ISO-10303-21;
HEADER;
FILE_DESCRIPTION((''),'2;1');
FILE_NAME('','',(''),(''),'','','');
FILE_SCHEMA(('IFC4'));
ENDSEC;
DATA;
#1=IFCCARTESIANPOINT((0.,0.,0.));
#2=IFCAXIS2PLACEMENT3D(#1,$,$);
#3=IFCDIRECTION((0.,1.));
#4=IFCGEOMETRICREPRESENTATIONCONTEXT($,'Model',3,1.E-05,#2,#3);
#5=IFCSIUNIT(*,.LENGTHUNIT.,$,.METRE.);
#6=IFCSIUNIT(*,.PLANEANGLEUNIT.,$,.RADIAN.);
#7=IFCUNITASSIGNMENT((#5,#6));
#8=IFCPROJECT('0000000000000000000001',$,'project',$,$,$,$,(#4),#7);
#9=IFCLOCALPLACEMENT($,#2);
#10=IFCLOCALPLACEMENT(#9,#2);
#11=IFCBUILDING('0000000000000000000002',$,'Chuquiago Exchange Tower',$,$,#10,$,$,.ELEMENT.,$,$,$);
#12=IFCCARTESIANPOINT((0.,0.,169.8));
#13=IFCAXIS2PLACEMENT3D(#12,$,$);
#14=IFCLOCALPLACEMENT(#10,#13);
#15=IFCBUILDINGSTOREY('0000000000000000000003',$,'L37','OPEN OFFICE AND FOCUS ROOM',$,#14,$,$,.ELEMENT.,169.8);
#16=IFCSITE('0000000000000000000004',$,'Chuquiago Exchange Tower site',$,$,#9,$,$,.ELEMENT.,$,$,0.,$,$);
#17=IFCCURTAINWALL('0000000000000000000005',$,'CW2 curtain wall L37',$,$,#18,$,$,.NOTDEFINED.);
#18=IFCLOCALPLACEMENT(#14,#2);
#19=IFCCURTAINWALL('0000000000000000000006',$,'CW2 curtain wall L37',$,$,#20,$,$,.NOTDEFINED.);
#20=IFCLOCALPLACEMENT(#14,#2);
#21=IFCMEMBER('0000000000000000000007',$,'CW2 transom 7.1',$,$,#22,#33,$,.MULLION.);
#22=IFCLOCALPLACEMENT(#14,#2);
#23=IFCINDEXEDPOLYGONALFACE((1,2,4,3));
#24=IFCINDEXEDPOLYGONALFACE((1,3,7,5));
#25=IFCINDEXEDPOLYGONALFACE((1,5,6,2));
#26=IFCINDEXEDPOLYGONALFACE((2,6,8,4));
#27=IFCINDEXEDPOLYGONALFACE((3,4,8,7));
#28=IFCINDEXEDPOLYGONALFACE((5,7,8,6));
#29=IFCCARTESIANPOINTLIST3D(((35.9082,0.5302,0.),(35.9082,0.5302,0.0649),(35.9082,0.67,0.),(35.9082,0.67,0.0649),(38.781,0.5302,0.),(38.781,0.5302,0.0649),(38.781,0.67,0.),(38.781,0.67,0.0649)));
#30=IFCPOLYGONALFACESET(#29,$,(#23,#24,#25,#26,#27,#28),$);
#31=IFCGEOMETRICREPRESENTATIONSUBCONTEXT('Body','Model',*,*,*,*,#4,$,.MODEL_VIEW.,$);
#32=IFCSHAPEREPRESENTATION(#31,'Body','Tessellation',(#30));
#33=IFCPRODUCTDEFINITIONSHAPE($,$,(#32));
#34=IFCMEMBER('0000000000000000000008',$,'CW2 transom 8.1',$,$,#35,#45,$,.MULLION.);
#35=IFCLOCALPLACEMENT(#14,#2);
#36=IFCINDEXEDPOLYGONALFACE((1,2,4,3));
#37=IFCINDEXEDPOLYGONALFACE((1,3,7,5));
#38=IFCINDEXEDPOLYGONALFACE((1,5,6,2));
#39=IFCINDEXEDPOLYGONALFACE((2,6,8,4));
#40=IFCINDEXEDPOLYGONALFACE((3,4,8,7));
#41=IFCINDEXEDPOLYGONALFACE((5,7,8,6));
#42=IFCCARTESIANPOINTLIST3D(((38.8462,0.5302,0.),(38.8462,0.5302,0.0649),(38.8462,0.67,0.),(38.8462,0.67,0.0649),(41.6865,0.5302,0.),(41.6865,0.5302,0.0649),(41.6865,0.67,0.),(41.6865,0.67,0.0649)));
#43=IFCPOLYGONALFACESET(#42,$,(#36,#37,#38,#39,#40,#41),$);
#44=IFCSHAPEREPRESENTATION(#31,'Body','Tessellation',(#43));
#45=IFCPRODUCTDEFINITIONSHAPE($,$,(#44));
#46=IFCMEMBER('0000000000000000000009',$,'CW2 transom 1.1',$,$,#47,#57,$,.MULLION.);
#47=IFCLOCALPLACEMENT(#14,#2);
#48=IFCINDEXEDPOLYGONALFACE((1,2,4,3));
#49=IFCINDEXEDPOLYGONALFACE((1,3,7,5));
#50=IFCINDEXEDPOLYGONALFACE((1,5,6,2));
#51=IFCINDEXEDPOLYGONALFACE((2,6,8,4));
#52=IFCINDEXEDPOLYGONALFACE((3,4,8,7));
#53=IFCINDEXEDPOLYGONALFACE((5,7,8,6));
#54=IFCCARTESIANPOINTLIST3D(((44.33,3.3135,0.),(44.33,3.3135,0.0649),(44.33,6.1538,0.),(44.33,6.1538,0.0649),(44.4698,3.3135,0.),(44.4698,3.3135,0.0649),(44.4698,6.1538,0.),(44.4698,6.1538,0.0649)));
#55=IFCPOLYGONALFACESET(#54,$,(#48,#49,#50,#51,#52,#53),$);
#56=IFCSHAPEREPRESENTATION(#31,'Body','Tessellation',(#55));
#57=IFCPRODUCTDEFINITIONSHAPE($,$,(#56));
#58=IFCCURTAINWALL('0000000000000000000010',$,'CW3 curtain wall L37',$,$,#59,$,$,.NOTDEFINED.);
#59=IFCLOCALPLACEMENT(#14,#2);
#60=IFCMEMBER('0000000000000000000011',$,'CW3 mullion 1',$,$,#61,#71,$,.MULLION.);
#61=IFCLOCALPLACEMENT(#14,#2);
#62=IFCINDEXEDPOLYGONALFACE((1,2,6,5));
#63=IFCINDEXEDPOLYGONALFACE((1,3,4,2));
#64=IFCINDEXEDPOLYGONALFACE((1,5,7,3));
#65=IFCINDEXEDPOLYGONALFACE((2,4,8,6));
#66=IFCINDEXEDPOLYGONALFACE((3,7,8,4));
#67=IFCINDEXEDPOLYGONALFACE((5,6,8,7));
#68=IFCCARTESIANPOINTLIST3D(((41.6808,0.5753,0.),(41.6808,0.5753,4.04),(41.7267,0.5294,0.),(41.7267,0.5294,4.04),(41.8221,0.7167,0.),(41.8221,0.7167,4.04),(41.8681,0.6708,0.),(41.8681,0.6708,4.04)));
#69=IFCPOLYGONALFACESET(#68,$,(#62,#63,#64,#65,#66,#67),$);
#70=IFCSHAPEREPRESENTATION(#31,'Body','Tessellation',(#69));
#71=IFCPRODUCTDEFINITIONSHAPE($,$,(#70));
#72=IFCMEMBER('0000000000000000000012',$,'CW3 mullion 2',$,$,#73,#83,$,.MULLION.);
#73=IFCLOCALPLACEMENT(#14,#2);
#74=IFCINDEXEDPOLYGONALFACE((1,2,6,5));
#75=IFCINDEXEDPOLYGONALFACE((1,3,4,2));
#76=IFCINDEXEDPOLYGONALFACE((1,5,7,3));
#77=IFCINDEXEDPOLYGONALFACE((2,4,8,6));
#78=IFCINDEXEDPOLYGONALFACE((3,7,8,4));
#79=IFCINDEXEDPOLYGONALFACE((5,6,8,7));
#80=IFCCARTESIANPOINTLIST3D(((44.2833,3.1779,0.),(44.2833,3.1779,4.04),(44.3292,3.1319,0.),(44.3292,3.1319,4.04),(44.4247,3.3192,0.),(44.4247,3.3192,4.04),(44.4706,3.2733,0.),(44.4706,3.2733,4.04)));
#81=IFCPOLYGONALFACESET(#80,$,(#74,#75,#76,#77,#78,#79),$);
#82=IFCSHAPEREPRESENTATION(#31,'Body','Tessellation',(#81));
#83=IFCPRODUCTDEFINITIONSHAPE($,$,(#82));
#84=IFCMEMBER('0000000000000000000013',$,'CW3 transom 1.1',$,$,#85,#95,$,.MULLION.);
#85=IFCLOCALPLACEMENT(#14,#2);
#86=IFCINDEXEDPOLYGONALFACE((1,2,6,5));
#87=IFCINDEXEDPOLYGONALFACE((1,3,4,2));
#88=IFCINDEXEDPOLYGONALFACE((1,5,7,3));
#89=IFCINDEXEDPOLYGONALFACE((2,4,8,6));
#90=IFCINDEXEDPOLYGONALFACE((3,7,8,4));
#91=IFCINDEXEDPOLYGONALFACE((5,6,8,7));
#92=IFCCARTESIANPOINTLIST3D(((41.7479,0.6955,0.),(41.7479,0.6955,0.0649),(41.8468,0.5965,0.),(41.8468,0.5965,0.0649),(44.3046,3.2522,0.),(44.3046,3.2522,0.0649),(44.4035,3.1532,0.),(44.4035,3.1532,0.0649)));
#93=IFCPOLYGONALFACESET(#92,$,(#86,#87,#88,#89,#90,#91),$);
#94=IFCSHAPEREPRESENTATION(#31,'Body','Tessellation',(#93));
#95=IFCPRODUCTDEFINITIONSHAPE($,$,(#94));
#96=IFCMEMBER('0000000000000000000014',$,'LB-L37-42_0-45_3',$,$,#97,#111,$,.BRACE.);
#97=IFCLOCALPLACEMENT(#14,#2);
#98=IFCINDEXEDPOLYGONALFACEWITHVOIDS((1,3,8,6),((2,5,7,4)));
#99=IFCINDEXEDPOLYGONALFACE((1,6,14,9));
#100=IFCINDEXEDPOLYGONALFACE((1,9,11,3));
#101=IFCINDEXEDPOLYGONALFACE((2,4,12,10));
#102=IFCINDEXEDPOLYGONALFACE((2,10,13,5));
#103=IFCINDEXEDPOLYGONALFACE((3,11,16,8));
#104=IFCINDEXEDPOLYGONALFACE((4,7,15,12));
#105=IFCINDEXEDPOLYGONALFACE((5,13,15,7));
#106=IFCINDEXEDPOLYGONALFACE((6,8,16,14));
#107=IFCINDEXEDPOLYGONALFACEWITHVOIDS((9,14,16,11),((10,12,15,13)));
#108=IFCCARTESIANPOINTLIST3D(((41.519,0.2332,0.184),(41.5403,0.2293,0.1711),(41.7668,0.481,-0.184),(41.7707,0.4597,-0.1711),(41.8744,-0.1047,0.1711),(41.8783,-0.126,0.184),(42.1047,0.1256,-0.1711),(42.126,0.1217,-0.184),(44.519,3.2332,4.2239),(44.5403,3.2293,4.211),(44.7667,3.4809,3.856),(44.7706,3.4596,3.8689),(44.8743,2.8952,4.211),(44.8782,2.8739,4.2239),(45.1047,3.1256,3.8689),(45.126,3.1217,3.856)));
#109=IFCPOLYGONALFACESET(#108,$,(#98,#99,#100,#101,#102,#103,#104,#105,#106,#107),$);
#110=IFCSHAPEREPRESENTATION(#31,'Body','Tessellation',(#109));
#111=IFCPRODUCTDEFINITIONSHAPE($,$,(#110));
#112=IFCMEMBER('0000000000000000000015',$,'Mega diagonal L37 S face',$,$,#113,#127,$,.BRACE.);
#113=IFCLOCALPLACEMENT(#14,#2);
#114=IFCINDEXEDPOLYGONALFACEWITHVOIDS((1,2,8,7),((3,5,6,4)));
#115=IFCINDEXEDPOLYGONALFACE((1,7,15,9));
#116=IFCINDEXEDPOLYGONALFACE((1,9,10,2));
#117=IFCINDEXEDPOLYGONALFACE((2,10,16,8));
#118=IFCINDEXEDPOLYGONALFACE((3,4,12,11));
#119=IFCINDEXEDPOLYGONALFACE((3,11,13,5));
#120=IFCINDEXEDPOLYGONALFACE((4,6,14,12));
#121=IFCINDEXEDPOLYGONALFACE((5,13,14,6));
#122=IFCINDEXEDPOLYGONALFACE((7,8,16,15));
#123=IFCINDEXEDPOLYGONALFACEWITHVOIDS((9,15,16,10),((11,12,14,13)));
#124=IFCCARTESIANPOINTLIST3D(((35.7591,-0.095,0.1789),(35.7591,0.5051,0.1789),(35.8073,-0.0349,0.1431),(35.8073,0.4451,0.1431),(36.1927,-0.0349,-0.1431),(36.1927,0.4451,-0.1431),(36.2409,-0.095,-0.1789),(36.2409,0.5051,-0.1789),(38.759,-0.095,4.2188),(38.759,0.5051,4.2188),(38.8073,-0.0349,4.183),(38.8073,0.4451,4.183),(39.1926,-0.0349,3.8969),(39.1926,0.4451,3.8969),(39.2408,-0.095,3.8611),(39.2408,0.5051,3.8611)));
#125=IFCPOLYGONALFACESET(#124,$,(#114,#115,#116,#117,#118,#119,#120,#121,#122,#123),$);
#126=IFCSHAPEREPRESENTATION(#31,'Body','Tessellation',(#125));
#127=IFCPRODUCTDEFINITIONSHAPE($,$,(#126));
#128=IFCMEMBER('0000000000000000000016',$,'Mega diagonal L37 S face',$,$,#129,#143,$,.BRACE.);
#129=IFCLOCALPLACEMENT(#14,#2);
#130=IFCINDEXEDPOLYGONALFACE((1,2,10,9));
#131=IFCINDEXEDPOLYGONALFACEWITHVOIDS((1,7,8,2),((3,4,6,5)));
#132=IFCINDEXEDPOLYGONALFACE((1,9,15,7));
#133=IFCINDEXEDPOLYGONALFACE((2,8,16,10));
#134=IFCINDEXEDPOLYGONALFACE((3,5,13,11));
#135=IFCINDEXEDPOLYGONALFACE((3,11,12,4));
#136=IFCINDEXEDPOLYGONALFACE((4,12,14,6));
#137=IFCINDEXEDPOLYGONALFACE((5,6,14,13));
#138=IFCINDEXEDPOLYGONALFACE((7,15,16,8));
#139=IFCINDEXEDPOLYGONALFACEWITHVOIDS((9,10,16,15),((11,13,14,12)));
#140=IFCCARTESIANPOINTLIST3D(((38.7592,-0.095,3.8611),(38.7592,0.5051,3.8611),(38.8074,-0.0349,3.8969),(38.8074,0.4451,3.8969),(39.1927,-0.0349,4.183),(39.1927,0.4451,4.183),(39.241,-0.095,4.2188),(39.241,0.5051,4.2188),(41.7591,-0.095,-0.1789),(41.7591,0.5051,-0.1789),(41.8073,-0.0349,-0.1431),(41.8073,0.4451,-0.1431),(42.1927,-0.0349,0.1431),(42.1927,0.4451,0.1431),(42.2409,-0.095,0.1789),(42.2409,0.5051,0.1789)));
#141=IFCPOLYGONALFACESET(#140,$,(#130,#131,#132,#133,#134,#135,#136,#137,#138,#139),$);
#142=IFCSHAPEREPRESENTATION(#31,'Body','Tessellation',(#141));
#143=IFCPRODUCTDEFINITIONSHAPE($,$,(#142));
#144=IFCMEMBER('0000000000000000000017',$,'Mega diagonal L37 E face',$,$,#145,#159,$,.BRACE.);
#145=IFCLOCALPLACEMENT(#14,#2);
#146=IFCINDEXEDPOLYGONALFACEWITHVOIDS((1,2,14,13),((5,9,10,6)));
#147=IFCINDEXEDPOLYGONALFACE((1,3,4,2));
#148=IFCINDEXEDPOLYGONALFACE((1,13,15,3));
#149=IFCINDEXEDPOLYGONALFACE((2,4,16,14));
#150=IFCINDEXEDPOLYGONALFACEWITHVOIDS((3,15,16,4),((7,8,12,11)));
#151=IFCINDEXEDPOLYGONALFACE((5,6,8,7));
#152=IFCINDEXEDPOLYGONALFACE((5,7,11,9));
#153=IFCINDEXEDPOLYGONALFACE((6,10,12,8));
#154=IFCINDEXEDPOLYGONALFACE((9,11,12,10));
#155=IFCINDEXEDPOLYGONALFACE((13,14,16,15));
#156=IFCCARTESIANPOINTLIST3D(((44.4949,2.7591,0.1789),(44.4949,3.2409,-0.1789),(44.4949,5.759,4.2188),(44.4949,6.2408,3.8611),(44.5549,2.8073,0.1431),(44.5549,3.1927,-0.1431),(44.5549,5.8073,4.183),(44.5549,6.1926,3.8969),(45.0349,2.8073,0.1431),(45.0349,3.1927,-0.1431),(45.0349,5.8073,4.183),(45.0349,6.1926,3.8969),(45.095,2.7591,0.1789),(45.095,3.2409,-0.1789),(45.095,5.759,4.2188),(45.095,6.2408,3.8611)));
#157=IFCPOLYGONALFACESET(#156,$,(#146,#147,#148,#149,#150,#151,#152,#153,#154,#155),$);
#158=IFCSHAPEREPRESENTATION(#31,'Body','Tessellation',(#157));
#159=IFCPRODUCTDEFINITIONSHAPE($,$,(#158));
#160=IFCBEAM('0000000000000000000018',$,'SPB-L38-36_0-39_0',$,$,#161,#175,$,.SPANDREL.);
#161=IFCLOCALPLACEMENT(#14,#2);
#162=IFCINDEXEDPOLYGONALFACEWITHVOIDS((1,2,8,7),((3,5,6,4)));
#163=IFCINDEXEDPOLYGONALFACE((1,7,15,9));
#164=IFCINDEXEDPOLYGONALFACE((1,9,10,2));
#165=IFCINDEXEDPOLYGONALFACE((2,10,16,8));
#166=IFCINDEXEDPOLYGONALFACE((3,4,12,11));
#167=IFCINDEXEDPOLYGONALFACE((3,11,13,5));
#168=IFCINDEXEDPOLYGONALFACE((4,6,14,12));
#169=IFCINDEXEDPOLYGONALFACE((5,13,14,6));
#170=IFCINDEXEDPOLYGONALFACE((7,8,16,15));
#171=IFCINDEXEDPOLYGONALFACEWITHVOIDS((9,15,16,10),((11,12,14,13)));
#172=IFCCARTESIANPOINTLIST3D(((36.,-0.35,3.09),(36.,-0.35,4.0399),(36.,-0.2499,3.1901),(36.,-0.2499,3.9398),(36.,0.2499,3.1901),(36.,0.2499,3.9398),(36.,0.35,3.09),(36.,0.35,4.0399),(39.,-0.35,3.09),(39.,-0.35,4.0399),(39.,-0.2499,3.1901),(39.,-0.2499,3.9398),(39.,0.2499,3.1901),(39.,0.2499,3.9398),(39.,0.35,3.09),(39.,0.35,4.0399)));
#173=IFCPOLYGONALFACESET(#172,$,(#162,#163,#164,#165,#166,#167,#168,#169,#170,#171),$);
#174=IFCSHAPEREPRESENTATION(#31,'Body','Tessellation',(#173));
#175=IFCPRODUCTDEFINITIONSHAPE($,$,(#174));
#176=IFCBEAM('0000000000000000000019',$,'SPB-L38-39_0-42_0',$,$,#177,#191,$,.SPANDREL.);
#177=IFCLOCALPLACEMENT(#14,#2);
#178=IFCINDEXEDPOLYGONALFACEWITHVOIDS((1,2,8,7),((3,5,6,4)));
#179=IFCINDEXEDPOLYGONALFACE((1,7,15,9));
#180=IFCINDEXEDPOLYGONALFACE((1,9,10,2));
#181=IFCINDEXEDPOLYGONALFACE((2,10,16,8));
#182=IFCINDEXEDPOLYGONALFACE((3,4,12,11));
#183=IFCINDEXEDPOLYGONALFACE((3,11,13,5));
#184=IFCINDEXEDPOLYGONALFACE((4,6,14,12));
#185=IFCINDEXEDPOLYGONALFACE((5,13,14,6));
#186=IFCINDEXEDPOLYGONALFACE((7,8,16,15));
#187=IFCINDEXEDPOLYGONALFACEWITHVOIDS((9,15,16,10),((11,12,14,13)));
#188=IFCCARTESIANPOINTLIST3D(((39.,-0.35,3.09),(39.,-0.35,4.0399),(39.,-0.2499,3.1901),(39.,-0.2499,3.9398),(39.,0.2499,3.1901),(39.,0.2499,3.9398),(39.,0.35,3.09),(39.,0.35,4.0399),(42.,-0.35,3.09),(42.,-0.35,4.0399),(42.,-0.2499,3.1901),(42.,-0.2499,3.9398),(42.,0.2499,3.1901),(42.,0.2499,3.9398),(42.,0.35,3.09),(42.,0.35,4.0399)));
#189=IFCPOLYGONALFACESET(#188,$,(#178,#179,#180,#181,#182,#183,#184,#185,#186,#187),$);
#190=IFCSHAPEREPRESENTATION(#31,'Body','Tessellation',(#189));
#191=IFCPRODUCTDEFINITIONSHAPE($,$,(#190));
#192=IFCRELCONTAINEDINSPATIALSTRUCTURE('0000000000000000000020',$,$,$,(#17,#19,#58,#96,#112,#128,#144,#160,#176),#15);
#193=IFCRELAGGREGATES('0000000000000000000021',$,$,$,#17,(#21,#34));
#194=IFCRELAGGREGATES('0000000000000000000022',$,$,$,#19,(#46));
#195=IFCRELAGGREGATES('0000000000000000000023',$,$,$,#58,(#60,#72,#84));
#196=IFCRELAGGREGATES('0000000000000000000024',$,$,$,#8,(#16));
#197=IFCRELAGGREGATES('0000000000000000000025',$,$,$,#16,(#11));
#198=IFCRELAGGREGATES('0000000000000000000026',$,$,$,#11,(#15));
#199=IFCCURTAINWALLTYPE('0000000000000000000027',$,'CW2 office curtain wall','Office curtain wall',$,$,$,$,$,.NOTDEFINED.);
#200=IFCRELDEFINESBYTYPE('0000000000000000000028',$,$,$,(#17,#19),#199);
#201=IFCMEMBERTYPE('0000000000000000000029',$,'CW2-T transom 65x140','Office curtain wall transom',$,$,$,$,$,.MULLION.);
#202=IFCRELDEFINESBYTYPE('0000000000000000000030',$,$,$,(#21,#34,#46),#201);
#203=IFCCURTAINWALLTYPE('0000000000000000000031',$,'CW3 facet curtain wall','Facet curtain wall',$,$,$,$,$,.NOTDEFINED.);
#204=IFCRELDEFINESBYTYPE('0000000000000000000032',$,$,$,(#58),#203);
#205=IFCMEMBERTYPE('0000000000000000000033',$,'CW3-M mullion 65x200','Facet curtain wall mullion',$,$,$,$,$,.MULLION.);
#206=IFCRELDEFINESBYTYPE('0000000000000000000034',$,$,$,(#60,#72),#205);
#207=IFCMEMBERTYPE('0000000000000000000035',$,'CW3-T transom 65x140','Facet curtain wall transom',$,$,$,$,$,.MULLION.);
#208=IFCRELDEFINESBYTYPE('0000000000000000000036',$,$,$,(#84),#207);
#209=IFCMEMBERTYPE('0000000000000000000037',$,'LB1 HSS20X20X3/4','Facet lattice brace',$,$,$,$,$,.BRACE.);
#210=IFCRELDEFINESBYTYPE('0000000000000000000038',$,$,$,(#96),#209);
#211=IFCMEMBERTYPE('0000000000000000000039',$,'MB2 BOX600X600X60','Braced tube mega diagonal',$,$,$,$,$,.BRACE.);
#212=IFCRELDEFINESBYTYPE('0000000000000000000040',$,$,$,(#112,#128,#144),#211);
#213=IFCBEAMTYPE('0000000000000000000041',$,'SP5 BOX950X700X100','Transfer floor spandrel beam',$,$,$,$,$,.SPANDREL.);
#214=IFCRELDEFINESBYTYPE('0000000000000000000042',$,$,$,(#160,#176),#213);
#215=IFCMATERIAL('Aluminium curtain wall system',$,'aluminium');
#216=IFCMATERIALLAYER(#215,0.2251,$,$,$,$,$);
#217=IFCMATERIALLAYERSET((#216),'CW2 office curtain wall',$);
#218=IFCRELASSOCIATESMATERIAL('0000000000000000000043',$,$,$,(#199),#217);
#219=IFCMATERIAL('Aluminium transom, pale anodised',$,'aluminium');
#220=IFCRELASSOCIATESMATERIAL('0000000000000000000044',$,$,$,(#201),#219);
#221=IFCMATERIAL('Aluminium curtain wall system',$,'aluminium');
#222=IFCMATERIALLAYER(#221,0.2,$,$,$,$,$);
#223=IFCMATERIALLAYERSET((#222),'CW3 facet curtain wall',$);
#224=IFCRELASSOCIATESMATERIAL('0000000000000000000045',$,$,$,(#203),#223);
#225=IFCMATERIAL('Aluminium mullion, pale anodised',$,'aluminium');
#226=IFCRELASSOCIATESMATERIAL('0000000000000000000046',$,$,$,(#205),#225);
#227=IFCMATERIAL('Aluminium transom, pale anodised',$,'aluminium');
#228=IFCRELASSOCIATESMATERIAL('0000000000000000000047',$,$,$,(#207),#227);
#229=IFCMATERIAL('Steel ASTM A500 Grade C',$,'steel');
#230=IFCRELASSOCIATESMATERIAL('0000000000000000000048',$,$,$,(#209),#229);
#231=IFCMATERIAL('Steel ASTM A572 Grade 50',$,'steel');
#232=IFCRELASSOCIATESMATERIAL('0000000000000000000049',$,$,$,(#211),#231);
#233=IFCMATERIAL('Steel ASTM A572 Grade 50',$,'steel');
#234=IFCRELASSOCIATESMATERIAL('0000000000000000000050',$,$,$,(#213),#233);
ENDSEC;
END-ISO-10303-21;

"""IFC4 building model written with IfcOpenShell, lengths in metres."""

from ifc_helpers import new_model, si_unit, direction, frame, origin, origin_2d, place, context, subcontext, project, spatial, rectangle, hollow_rectangle, extrude, material, layer, layer_set, material_profile, profile_set, type_object, element, aggregate, save


model = new_model("IFC4")

# Units and contexts
model_context = context("Model", 3, precision=1e-05, world=origin(), true_north=direction((0.0, 1.0)))
body_context = subcontext(model_context, "Body", "Model", "MODEL_VIEW")
ifc_project = project(units=[si_unit("LENGTHUNIT", "METRE"), si_unit("PLANEANGLEUNIT", "RADIAN")], contexts=[model_context])

# Site, building, storey
site_placement = place(None, origin())
site = spatial("IfcSite", under=ifc_project, at=site_placement, Name="Chuquiago Exchange Tower site", CompositionType="ELEMENT", RefElevation=0.0)
building_placement = place(site_placement, origin())
building = spatial("IfcBuilding", under=site, at=building_placement, Name="Chuquiago Exchange Tower", CompositionType="ELEMENT")
storey_placement = place(building_placement, frame((0.0, 0.0, 169.8)))
storey = spatial("IfcBuildingStorey", under=building, at=storey_placement, Name="L37", Description="OPEN OFFICE AND FOCUS ROOM", CompositionType="ELEMENT", Elevation=169.8)

# Curtain walls
ifc_material_1 = material(Name="Aluminium curtain wall system", Category="aluminium")
ifc_layer_1 = layer(ifc_material_1, 0.2251)
ifc_layer_set_1 = layer_set([ifc_layer_1], Name="CW2 office curtain wall")
curtain_wall_type_1 = type_object("IfcCurtainWallType", Name="CW2 office curtain wall", Description="Office curtain wall", PredefinedType="NOTDEFINED", material=ifc_layer_set_1)
curtain_wall_1_placement = place(storey_placement, origin())
curtain_wall_1 = element("IfcCurtainWall", 1, at=curtain_wall_1_placement, inside=storey, type_object=curtain_wall_type_1, Name="CW2 curtain wall L37", PredefinedType="NOTDEFINED")
curtain_wall_2_placement = place(storey_placement, origin())
curtain_wall_2 = element("IfcCurtainWall", 2, at=curtain_wall_2_placement, inside=storey, type_object=curtain_wall_type_1, Name="CW2 curtain wall L37", PredefinedType="NOTDEFINED")

# Members
ifc_material_2 = material(Name="Aluminium transom, pale anodised", Category="aluminium")
ifc_material_profile_1 = material_profile(ifc_material_2, rectangle(XDim=0.1399, YDim=0.0649, at=origin_2d()), Name="AL 140x65")
ifc_profile_set_1 = profile_set([ifc_material_profile_1], Name="Aluminium transom, pale anodised")
member_type_1 = type_object("IfcMemberType", Name="CW2-T transom 65x140", Description="Office curtain wall transom", PredefinedType="MULLION", material=ifc_profile_set_1)
member_1_placement = place(storey_placement, frame((35.9082, 0.6001, 0.0325), z_axis=(1.0, 0.0, 0.0), x_axis=(0.0, 1.0, 0.0)))
member_1 = element("IfcMember", 3, at=member_1_placement, type_object=member_type_1, Name="CW2 transom 7.1", PredefinedType="MULLION", context=body_context, shape_type="SweptSolid", body=[
    extrude(rectangle(XDim=0.1399, YDim=0.0649, at=origin_2d()), origin(), (0.0, 0.0, 1.0), 2.8728),
])
member_2_placement = place(storey_placement, frame((38.8462, 0.6001, 0.0325), z_axis=(1.0, 0.0, 0.0), x_axis=(0.0, 1.0, 0.0)))
member_2 = element("IfcMember", 4, at=member_2_placement, type_object=member_type_1, Name="CW2 transom 8.1", PredefinedType="MULLION", context=body_context, shape_type="SweptSolid", body=[
    extrude(rectangle(XDim=0.1399, YDim=0.0649, at=origin_2d()), origin(), (0.0, 0.0, 1.0), 2.8403),
])
member_3_placement = place(storey_placement, frame((44.3999, 3.3135, 0.0325), z_axis=(0.0, 1.0, 0.0), x_axis=(-1.0, 0.0, 0.0)))
member_3 = element("IfcMember", 5, at=member_3_placement, type_object=member_type_1, Name="CW2 transom 1.1", PredefinedType="MULLION", context=body_context, shape_type="SweptSolid", body=[
    extrude(rectangle(XDim=0.1399, YDim=0.0649, at=origin_2d()), origin(), (0.0, 0.0, 1.0), 2.8403),
])

# Curtain wall, members
ifc_material_3 = material(Name="Aluminium curtain wall system", Category="aluminium")
ifc_layer_2 = layer(ifc_material_3, 0.2)
ifc_layer_set_2 = layer_set([ifc_layer_2], Name="CW3 facet curtain wall")
curtain_wall_type_2 = type_object("IfcCurtainWallType", Name="CW3 facet curtain wall", Description="Facet curtain wall", PredefinedType="NOTDEFINED", material=ifc_layer_set_2)
curtain_wall_3_placement = place(storey_placement, origin())
curtain_wall_3 = element("IfcCurtainWall", 6, at=curtain_wall_3_placement, inside=storey, type_object=curtain_wall_type_2, Name="CW3 curtain wall L37", PredefinedType="NOTDEFINED")
ifc_material_4 = material(Name="Aluminium mullion, pale anodised", Category="aluminium")
ifc_material_profile_2 = material_profile(ifc_material_4, rectangle(XDim=0.0649, YDim=0.2, at=origin_2d()), Name="AL 65x200")
ifc_profile_set_2 = profile_set([ifc_material_profile_2], Name="Aluminium mullion, pale anodised")
member_type_2 = type_object("IfcMemberType", Name="CW3-M mullion 65x200", Description="Facet curtain wall mullion", PredefinedType="MULLION", material=ifc_profile_set_2)
member_4_placement = place(storey_placement, frame((41.7744, 0.623, 0.0), z_axis=(0.0, 0.0, 1.0), x_axis=(-0.707107, 0.707107, 0.0)))
member_4 = element("IfcMember", 7, at=member_4_placement, type_object=member_type_2, Name="CW3 mullion 1", PredefinedType="MULLION", context=body_context, shape_type="SweptSolid", body=[
    extrude(rectangle(XDim=0.0649, YDim=0.2, at=origin_2d()), origin(), (0.0, 0.0, 1.0), 4.04),
])
member_5_placement = place(storey_placement, frame((44.377, 3.2256, 0.0), z_axis=(0.0, 0.0, 1.0), x_axis=(-0.707107, 0.707107, 0.0)))
member_5 = element("IfcMember", 8, at=member_5_placement, type_object=member_type_2, Name="CW3 mullion 2", PredefinedType="MULLION", context=body_context, shape_type="SweptSolid", body=[
    extrude(rectangle(XDim=0.0649, YDim=0.2, at=origin_2d()), origin(), (0.0, 0.0, 1.0), 4.04),
])
ifc_material_5 = material(Name="Aluminium transom, pale anodised", Category="aluminium")
ifc_material_profile_3 = material_profile(ifc_material_5, rectangle(XDim=0.1399, YDim=0.0649, at=origin_2d()), Name="AL 140x65")
ifc_profile_set_3 = profile_set([ifc_material_profile_3], Name="Aluminium transom, pale anodised")
member_type_3 = type_object("IfcMemberType", Name="CW3-T transom 65x140", Description="Facet curtain wall transom", PredefinedType="MULLION", material=ifc_profile_set_3)
member_6_placement = place(storey_placement, frame((41.7974, 0.646, 0.0325), z_axis=(0.707107, 0.707107, 0.0), x_axis=(-0.707107, 0.707107, 0.0)))
member_6 = element("IfcMember", 9, at=member_6_placement, type_object=member_type_3, Name="CW3 transom 1.1", PredefinedType="MULLION", context=body_context, shape_type="SweptSolid", body=[
    extrude(rectangle(XDim=0.1399, YDim=0.0649, at=origin_2d()), origin(), (0.0, 0.0, 1.0), 3.6157),
])

# Members
ifc_material_6 = material(Name="Steel ASTM A500 Grade C", Category="steel")
ifc_material_profile_4 = material_profile(ifc_material_6, hollow_rectangle(XDim=0.5081, YDim=0.5081, WallThickness=0.0178, at=origin_2d()), Name="HSS20X20X3/4")
ifc_profile_set_4 = profile_set([ifc_material_profile_4], Name="Steel ASTM A500 Grade C")
member_type_4 = type_object("IfcMemberType", Name="LB1 HSS20X20X3/4", Description="Facet lattice brace", PredefinedType="BRACE", material=ifc_profile_set_4)
member_7_placement = place(storey_placement, frame((41.8225, 0.1775, 0.0), z_axis=(0.512077, 0.512077, 0.689604), x_axis=(-0.707107, 0.707107, 0.0)))
element("IfcMember", 10, at=member_7_placement, inside=storey, type_object=member_type_4, Name="LB-L37-42_0-45_3", PredefinedType="BRACE", context=body_context, shape_type="SweptSolid", body=[
    extrude(hollow_rectangle(XDim=0.5081, YDim=0.5081, WallThickness=0.0178, at=origin_2d()), origin(), (0.0, 0.0, 1.0), 5.8584),
])
ifc_material_7 = material(Name="Steel ASTM A572 Grade 50", Category="steel")
ifc_material_profile_5 = material_profile(ifc_material_7, hollow_rectangle(XDim=0.6001, YDim=0.6001, WallThickness=0.0601, at=origin_2d()), Name="BOX600X600X60")
ifc_profile_set_5 = profile_set([ifc_material_profile_5], Name="Steel ASTM A572 Grade 50")
member_type_5 = type_object("IfcMemberType", Name="MB2 BOX600X600X60", Description="Braced tube mega diagonal", PredefinedType="BRACE", material=ifc_profile_set_5)
for number, where, z_axis, x_axis, name in (
    (11, (36.0, 0.2051, 0.0), (0.596174, 0.0, 0.802855), (0.0, 1.0, 0.0), "Mega diagonal L37 S face"),
    (12, (42.0, 0.2051, 0.0), (-0.596174, 0.0, 0.802855), (0.0, -1.0, 0.0), "Mega diagonal L37 S face"),
    (13, (44.7949, 3.0, 0.0), (0.0, 0.596174, 0.802855), (-1.0, 0.0, 0.0), "Mega diagonal L37 E face"),
):
    element("IfcMember", number, at=place(storey_placement, frame(where, z_axis=z_axis, x_axis=x_axis)), inside=storey, type_object=member_type_5, Name=name, PredefinedType="BRACE", context=body_context, shape_type="SweptSolid", body=[
        extrude(hollow_rectangle(XDim=0.6001, YDim=0.6001, WallThickness=0.0601, at=origin_2d()), origin(), (0.0, 0.0, 1.0), 5.032),
    ])

# Beams
ifc_material_8 = material(Name="Steel ASTM A572 Grade 50", Category="steel")
ifc_material_profile_6 = material_profile(ifc_material_8, hollow_rectangle(XDim=0.7, YDim=0.95, WallThickness=0.1001, at=origin_2d()), Name="BOX950X700X100")
ifc_profile_set_6 = profile_set([ifc_material_profile_6], Name="Steel ASTM A572 Grade 50")
beam_type_1 = type_object("IfcBeamType", Name="SP5 BOX950X700X100", Description="Transfer floor spandrel beam", PredefinedType="SPANDREL", material=ifc_profile_set_6)
for number, where, z_axis, x_axis, name in (
    (14, (36.0, 0.0, 3.5649), (1.0, 0.0, 0.0), (0.0, 1.0, 0.0), "SPB-L38-36_0-39_0"),
    (15, (39.0, 0.0, 3.5649), (1.0, 0.0, 0.0), (0.0, 1.0, 0.0), "SPB-L38-39_0-42_0"),
):
    element("IfcBeam", number, at=place(storey_placement, frame(where, z_axis=z_axis, x_axis=x_axis)), inside=storey, type_object=beam_type_1, Name=name, PredefinedType="SPANDREL", context=body_context, shape_type="SweptSolid", body=[
        extrude(hollow_rectangle(XDim=0.7, YDim=0.95, WallThickness=0.1001, at=origin_2d()), origin(), (0.0, 0.0, 1.0), 3.0),
    ])

aggregate(curtain_wall_1, [member_1, member_2])
aggregate(curtain_wall_2, [member_3])
aggregate(curtain_wall_3, [member_4, member_5, member_6])

save(model, "model.ifc")
